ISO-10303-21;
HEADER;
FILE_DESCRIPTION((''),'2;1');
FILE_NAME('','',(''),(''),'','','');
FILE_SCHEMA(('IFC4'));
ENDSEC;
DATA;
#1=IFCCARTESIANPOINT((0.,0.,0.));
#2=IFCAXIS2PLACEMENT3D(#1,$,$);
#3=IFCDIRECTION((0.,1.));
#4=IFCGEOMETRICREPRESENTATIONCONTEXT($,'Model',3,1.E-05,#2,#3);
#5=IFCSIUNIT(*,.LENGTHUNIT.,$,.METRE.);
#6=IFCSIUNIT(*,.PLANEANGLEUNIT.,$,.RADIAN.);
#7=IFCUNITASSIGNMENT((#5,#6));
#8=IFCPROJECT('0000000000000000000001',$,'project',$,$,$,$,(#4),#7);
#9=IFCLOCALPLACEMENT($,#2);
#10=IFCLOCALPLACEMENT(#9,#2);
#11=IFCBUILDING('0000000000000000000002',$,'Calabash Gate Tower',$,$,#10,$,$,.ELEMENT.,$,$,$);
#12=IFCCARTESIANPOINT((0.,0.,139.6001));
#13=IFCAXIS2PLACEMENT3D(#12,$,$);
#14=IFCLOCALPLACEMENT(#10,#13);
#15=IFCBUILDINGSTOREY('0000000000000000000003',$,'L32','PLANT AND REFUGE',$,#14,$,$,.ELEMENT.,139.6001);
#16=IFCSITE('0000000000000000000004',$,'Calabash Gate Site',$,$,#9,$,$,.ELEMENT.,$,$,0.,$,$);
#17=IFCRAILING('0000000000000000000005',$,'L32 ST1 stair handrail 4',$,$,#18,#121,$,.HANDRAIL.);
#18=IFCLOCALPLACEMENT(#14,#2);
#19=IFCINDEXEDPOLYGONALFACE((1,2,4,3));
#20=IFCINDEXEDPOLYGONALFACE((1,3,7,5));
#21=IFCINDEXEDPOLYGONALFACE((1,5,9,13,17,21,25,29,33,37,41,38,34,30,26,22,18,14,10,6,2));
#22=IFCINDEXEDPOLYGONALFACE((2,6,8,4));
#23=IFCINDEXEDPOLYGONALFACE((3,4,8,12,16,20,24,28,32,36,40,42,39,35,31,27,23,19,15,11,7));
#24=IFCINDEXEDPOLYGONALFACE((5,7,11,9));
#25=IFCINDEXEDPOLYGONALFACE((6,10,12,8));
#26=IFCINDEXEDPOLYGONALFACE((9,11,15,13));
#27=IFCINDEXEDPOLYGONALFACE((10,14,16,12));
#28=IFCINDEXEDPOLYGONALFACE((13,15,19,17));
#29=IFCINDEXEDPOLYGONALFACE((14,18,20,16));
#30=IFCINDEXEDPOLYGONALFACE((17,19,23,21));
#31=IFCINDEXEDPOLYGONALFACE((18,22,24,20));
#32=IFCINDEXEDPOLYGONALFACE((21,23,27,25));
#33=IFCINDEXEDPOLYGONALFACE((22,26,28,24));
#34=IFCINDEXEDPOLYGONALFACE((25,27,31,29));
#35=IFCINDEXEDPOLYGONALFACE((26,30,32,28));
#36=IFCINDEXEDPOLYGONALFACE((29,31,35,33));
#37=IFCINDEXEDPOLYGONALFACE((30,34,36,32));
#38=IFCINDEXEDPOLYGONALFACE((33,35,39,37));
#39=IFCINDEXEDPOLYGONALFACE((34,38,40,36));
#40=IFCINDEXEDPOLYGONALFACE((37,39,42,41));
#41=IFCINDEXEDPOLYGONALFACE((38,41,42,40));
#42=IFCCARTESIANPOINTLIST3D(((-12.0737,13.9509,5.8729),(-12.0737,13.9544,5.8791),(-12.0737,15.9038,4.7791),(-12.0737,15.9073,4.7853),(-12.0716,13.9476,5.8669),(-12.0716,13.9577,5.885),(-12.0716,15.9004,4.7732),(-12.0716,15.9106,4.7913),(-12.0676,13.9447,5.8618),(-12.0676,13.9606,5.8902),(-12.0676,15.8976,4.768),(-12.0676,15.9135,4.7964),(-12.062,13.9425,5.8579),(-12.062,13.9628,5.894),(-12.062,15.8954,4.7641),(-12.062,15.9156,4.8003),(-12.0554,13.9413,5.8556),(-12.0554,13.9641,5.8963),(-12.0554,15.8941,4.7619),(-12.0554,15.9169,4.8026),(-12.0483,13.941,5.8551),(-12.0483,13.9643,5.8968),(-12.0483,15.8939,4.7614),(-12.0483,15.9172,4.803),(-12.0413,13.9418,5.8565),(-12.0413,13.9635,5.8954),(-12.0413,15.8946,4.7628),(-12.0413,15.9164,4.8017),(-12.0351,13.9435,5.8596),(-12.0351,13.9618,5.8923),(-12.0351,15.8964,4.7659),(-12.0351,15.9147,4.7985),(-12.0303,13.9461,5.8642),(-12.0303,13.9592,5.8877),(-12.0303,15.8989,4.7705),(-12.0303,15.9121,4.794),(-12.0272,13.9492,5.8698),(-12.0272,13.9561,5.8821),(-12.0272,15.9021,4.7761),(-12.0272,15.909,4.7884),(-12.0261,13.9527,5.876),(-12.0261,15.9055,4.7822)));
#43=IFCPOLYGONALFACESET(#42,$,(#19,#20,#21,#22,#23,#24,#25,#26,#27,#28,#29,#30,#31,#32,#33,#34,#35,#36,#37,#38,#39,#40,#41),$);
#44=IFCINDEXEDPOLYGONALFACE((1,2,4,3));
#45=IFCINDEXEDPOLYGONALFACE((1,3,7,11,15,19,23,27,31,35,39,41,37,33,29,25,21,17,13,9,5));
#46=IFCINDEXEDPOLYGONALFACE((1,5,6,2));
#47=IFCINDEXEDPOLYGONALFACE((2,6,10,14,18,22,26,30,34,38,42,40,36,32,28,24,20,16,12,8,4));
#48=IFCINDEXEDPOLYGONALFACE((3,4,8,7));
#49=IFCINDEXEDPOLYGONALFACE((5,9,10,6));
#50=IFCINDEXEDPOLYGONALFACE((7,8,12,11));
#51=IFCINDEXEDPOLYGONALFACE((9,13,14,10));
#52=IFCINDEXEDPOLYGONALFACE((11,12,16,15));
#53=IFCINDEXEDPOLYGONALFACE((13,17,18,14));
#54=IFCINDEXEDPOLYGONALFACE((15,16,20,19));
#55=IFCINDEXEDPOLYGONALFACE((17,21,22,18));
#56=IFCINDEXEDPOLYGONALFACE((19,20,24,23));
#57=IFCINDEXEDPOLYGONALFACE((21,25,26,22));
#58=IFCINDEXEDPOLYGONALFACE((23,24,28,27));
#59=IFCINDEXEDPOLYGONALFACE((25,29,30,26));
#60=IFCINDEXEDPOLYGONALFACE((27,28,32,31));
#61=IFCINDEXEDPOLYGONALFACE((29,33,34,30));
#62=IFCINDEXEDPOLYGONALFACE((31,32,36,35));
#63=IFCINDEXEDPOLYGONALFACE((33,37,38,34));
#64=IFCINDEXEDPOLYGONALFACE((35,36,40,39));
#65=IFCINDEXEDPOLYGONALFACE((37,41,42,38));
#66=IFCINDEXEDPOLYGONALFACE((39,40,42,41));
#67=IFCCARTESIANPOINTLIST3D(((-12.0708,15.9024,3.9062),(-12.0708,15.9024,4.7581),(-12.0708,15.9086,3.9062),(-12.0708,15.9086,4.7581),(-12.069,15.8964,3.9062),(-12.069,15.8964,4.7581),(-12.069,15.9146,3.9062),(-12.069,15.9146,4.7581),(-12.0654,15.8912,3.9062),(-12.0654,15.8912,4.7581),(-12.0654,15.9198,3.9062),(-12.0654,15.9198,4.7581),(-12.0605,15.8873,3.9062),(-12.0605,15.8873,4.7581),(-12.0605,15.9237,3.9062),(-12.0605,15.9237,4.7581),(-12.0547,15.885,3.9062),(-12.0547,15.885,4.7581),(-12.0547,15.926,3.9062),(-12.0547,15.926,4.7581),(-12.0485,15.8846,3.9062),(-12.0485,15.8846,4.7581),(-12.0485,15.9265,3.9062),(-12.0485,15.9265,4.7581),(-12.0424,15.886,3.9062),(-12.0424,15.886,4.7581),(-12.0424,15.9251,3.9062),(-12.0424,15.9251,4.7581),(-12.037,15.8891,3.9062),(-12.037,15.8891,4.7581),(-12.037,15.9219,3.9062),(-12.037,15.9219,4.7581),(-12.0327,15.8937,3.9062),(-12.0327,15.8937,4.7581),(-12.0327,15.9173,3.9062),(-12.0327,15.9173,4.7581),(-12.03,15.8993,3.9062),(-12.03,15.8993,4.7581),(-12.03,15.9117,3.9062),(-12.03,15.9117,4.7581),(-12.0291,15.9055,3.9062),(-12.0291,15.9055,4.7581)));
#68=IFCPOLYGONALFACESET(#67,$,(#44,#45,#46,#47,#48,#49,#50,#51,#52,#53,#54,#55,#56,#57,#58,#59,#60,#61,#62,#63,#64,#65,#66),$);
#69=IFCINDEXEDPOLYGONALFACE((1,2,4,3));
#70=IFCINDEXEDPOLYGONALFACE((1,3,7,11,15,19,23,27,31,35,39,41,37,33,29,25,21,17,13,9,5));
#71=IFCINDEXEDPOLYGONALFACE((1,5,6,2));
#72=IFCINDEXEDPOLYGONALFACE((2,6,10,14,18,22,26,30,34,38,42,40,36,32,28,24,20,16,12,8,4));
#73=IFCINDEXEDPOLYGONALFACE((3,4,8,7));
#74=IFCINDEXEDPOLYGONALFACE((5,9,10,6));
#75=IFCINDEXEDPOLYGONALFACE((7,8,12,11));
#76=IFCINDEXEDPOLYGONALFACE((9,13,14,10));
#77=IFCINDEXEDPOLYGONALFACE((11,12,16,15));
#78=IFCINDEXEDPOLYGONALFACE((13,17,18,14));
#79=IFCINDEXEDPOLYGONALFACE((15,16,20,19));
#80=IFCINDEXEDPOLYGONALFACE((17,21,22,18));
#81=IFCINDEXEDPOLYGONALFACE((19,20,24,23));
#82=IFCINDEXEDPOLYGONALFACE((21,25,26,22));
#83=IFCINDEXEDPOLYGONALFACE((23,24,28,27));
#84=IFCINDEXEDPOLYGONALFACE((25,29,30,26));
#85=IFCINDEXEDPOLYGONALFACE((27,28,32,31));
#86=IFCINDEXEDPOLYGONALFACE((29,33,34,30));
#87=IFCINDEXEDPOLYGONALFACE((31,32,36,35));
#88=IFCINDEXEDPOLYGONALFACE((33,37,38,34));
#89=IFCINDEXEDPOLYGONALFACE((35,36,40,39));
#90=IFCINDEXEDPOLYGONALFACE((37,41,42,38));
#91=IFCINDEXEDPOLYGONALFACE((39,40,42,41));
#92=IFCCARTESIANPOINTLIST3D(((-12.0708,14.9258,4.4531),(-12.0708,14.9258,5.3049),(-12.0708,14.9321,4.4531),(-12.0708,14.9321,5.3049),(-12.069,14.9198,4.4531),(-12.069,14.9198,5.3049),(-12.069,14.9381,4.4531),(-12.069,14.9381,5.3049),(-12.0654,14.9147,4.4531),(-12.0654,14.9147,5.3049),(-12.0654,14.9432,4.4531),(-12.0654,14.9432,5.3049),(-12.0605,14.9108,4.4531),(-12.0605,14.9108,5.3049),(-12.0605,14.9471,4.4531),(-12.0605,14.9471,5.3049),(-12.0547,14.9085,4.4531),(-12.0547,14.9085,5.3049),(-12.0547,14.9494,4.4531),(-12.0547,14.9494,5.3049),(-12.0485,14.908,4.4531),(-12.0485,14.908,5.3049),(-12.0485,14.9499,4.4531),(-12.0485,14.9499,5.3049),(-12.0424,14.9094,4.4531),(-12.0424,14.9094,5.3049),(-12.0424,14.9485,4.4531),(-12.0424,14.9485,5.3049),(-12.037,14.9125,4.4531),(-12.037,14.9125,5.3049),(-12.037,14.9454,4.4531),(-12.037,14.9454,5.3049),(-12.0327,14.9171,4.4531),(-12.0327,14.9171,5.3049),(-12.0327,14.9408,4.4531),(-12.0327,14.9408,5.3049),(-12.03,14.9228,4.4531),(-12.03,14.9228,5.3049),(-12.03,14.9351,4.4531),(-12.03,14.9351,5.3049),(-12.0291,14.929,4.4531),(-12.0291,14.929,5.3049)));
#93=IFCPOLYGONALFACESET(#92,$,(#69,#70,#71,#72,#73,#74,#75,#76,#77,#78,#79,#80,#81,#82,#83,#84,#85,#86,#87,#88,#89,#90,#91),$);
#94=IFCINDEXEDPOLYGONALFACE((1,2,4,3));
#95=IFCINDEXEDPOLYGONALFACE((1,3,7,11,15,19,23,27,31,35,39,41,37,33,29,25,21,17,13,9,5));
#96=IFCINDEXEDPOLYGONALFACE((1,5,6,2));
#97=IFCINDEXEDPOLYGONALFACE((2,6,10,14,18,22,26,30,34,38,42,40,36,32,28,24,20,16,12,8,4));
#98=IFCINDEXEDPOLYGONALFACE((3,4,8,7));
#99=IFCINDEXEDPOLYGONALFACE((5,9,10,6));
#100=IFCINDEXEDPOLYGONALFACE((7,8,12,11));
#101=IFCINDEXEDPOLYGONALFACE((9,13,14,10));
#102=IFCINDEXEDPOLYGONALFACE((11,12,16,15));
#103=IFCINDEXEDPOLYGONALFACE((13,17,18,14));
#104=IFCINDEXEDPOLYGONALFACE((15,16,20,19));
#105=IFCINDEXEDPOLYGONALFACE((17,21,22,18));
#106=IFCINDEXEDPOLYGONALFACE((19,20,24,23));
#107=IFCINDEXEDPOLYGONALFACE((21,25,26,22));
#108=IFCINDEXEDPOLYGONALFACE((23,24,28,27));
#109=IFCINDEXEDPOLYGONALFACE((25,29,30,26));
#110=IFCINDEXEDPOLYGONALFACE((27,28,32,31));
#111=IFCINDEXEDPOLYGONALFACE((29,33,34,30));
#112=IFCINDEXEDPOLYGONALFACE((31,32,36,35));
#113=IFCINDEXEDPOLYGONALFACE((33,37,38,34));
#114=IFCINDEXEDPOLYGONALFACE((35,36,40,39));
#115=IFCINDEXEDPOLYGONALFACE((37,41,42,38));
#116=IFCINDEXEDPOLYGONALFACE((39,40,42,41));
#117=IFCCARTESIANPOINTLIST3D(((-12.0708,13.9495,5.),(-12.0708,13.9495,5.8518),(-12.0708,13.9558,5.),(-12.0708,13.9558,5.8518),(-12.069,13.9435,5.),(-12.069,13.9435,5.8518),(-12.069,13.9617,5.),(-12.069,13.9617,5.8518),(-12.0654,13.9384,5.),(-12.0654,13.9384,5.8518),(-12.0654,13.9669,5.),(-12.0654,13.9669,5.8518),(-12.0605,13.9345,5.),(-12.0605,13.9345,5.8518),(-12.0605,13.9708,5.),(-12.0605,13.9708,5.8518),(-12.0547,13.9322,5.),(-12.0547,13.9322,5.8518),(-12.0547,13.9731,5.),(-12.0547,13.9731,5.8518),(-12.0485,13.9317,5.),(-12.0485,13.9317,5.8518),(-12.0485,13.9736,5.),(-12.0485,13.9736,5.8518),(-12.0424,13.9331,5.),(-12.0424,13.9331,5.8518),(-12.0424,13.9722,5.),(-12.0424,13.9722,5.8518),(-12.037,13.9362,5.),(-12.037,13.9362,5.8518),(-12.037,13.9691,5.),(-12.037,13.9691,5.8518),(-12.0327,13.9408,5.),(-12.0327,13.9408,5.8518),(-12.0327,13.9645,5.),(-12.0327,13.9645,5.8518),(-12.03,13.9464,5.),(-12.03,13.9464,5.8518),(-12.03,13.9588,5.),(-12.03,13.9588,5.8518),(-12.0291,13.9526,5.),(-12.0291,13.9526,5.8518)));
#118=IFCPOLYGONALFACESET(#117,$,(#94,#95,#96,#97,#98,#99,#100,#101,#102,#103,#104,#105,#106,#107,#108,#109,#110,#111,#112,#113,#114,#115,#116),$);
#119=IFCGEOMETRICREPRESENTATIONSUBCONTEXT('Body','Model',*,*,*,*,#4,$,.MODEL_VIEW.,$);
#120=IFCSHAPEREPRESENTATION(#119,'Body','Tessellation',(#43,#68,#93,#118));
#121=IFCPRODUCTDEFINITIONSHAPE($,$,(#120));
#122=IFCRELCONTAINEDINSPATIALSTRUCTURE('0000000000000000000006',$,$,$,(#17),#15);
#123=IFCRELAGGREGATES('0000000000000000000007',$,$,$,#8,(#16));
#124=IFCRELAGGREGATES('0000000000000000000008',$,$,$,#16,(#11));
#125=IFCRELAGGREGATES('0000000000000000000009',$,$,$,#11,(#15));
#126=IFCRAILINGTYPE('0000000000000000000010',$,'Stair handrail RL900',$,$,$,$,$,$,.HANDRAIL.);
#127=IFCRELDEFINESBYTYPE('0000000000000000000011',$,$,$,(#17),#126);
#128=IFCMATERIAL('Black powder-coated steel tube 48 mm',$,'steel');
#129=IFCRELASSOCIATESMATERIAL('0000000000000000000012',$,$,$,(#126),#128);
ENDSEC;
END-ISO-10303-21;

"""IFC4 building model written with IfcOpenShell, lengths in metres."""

from ifc_helpers import new_model, si_unit, direction, frame, origin, origin_2d, place, context, subcontext, project, spatial, circle, extrude, material, type_object, element, save


model = new_model("IFC4")

# Units and contexts
model_context = context("Model", 3, precision=1e-05, world=origin(), true_north=direction((0.0, 1.0)))
body_context = subcontext(model_context, "Body", "Model", "MODEL_VIEW")
ifc_project = project(units=[si_unit("LENGTHUNIT", "METRE"), si_unit("PLANEANGLEUNIT", "RADIAN")], contexts=[model_context])

# Site, building, storey
site_placement = place(None, origin())
site = spatial("IfcSite", under=ifc_project, at=site_placement, Name="Calabash Gate Site", CompositionType="ELEMENT", RefElevation=0.0)
building_placement = place(site_placement, origin())
building = spatial("IfcBuilding", under=site, at=building_placement, Name="Calabash Gate Tower", CompositionType="ELEMENT")
storey_placement = place(building_placement, frame((0.0, 0.0, 139.6001)))
storey = spatial("IfcBuildingStorey", under=building, at=storey_placement, Name="L32", Description="PLANT AND REFUGE", CompositionType="ELEMENT", Elevation=139.6001)

# Railing
ifc_material_1 = material(Name="Black powder-coated steel tube 48 mm", Category="steel")
railing_type_1 = type_object("IfcRailingType", Name="Stair handrail RL900", PredefinedType="HANDRAIL", material=ifc_material_1)
railing_1_placement = place(storey_placement, frame((-12.05, 15.9055, 3.9062)))
element("IfcRailing", 1, at=railing_1_placement, inside=storey, type_object=railing_type_1, Name="L32 ST1 stair handrail 4", PredefinedType="HANDRAIL", context=body_context, shape_type="SweptSolid", body=[
    extrude(circle(Radius=0.0239, at=origin_2d()), frame((0.0, 0.0, 0.876), z_axis=(0.0, -0.87248, 0.48865), x_axis=(1.0, 0.0, 0.0)), (0.0, 0.0, 1.0), 2.2383),
    extrude(circle(Radius=0.021, at=origin_2d()), origin(), (0.0, 0.0, 1.0), 0.8518),
    extrude(circle(Radius=0.021, at=origin_2d()), frame((0.0, -0.9766, 0.5469)), (0.0, 0.0, 1.0), 0.8518),
    extrude(circle(Radius=0.021, at=origin_2d()), frame((0.0, -1.9529, 1.0938)), (0.0, 0.0, 1.0), 0.8518),
])

save(model, "model.ifc")
